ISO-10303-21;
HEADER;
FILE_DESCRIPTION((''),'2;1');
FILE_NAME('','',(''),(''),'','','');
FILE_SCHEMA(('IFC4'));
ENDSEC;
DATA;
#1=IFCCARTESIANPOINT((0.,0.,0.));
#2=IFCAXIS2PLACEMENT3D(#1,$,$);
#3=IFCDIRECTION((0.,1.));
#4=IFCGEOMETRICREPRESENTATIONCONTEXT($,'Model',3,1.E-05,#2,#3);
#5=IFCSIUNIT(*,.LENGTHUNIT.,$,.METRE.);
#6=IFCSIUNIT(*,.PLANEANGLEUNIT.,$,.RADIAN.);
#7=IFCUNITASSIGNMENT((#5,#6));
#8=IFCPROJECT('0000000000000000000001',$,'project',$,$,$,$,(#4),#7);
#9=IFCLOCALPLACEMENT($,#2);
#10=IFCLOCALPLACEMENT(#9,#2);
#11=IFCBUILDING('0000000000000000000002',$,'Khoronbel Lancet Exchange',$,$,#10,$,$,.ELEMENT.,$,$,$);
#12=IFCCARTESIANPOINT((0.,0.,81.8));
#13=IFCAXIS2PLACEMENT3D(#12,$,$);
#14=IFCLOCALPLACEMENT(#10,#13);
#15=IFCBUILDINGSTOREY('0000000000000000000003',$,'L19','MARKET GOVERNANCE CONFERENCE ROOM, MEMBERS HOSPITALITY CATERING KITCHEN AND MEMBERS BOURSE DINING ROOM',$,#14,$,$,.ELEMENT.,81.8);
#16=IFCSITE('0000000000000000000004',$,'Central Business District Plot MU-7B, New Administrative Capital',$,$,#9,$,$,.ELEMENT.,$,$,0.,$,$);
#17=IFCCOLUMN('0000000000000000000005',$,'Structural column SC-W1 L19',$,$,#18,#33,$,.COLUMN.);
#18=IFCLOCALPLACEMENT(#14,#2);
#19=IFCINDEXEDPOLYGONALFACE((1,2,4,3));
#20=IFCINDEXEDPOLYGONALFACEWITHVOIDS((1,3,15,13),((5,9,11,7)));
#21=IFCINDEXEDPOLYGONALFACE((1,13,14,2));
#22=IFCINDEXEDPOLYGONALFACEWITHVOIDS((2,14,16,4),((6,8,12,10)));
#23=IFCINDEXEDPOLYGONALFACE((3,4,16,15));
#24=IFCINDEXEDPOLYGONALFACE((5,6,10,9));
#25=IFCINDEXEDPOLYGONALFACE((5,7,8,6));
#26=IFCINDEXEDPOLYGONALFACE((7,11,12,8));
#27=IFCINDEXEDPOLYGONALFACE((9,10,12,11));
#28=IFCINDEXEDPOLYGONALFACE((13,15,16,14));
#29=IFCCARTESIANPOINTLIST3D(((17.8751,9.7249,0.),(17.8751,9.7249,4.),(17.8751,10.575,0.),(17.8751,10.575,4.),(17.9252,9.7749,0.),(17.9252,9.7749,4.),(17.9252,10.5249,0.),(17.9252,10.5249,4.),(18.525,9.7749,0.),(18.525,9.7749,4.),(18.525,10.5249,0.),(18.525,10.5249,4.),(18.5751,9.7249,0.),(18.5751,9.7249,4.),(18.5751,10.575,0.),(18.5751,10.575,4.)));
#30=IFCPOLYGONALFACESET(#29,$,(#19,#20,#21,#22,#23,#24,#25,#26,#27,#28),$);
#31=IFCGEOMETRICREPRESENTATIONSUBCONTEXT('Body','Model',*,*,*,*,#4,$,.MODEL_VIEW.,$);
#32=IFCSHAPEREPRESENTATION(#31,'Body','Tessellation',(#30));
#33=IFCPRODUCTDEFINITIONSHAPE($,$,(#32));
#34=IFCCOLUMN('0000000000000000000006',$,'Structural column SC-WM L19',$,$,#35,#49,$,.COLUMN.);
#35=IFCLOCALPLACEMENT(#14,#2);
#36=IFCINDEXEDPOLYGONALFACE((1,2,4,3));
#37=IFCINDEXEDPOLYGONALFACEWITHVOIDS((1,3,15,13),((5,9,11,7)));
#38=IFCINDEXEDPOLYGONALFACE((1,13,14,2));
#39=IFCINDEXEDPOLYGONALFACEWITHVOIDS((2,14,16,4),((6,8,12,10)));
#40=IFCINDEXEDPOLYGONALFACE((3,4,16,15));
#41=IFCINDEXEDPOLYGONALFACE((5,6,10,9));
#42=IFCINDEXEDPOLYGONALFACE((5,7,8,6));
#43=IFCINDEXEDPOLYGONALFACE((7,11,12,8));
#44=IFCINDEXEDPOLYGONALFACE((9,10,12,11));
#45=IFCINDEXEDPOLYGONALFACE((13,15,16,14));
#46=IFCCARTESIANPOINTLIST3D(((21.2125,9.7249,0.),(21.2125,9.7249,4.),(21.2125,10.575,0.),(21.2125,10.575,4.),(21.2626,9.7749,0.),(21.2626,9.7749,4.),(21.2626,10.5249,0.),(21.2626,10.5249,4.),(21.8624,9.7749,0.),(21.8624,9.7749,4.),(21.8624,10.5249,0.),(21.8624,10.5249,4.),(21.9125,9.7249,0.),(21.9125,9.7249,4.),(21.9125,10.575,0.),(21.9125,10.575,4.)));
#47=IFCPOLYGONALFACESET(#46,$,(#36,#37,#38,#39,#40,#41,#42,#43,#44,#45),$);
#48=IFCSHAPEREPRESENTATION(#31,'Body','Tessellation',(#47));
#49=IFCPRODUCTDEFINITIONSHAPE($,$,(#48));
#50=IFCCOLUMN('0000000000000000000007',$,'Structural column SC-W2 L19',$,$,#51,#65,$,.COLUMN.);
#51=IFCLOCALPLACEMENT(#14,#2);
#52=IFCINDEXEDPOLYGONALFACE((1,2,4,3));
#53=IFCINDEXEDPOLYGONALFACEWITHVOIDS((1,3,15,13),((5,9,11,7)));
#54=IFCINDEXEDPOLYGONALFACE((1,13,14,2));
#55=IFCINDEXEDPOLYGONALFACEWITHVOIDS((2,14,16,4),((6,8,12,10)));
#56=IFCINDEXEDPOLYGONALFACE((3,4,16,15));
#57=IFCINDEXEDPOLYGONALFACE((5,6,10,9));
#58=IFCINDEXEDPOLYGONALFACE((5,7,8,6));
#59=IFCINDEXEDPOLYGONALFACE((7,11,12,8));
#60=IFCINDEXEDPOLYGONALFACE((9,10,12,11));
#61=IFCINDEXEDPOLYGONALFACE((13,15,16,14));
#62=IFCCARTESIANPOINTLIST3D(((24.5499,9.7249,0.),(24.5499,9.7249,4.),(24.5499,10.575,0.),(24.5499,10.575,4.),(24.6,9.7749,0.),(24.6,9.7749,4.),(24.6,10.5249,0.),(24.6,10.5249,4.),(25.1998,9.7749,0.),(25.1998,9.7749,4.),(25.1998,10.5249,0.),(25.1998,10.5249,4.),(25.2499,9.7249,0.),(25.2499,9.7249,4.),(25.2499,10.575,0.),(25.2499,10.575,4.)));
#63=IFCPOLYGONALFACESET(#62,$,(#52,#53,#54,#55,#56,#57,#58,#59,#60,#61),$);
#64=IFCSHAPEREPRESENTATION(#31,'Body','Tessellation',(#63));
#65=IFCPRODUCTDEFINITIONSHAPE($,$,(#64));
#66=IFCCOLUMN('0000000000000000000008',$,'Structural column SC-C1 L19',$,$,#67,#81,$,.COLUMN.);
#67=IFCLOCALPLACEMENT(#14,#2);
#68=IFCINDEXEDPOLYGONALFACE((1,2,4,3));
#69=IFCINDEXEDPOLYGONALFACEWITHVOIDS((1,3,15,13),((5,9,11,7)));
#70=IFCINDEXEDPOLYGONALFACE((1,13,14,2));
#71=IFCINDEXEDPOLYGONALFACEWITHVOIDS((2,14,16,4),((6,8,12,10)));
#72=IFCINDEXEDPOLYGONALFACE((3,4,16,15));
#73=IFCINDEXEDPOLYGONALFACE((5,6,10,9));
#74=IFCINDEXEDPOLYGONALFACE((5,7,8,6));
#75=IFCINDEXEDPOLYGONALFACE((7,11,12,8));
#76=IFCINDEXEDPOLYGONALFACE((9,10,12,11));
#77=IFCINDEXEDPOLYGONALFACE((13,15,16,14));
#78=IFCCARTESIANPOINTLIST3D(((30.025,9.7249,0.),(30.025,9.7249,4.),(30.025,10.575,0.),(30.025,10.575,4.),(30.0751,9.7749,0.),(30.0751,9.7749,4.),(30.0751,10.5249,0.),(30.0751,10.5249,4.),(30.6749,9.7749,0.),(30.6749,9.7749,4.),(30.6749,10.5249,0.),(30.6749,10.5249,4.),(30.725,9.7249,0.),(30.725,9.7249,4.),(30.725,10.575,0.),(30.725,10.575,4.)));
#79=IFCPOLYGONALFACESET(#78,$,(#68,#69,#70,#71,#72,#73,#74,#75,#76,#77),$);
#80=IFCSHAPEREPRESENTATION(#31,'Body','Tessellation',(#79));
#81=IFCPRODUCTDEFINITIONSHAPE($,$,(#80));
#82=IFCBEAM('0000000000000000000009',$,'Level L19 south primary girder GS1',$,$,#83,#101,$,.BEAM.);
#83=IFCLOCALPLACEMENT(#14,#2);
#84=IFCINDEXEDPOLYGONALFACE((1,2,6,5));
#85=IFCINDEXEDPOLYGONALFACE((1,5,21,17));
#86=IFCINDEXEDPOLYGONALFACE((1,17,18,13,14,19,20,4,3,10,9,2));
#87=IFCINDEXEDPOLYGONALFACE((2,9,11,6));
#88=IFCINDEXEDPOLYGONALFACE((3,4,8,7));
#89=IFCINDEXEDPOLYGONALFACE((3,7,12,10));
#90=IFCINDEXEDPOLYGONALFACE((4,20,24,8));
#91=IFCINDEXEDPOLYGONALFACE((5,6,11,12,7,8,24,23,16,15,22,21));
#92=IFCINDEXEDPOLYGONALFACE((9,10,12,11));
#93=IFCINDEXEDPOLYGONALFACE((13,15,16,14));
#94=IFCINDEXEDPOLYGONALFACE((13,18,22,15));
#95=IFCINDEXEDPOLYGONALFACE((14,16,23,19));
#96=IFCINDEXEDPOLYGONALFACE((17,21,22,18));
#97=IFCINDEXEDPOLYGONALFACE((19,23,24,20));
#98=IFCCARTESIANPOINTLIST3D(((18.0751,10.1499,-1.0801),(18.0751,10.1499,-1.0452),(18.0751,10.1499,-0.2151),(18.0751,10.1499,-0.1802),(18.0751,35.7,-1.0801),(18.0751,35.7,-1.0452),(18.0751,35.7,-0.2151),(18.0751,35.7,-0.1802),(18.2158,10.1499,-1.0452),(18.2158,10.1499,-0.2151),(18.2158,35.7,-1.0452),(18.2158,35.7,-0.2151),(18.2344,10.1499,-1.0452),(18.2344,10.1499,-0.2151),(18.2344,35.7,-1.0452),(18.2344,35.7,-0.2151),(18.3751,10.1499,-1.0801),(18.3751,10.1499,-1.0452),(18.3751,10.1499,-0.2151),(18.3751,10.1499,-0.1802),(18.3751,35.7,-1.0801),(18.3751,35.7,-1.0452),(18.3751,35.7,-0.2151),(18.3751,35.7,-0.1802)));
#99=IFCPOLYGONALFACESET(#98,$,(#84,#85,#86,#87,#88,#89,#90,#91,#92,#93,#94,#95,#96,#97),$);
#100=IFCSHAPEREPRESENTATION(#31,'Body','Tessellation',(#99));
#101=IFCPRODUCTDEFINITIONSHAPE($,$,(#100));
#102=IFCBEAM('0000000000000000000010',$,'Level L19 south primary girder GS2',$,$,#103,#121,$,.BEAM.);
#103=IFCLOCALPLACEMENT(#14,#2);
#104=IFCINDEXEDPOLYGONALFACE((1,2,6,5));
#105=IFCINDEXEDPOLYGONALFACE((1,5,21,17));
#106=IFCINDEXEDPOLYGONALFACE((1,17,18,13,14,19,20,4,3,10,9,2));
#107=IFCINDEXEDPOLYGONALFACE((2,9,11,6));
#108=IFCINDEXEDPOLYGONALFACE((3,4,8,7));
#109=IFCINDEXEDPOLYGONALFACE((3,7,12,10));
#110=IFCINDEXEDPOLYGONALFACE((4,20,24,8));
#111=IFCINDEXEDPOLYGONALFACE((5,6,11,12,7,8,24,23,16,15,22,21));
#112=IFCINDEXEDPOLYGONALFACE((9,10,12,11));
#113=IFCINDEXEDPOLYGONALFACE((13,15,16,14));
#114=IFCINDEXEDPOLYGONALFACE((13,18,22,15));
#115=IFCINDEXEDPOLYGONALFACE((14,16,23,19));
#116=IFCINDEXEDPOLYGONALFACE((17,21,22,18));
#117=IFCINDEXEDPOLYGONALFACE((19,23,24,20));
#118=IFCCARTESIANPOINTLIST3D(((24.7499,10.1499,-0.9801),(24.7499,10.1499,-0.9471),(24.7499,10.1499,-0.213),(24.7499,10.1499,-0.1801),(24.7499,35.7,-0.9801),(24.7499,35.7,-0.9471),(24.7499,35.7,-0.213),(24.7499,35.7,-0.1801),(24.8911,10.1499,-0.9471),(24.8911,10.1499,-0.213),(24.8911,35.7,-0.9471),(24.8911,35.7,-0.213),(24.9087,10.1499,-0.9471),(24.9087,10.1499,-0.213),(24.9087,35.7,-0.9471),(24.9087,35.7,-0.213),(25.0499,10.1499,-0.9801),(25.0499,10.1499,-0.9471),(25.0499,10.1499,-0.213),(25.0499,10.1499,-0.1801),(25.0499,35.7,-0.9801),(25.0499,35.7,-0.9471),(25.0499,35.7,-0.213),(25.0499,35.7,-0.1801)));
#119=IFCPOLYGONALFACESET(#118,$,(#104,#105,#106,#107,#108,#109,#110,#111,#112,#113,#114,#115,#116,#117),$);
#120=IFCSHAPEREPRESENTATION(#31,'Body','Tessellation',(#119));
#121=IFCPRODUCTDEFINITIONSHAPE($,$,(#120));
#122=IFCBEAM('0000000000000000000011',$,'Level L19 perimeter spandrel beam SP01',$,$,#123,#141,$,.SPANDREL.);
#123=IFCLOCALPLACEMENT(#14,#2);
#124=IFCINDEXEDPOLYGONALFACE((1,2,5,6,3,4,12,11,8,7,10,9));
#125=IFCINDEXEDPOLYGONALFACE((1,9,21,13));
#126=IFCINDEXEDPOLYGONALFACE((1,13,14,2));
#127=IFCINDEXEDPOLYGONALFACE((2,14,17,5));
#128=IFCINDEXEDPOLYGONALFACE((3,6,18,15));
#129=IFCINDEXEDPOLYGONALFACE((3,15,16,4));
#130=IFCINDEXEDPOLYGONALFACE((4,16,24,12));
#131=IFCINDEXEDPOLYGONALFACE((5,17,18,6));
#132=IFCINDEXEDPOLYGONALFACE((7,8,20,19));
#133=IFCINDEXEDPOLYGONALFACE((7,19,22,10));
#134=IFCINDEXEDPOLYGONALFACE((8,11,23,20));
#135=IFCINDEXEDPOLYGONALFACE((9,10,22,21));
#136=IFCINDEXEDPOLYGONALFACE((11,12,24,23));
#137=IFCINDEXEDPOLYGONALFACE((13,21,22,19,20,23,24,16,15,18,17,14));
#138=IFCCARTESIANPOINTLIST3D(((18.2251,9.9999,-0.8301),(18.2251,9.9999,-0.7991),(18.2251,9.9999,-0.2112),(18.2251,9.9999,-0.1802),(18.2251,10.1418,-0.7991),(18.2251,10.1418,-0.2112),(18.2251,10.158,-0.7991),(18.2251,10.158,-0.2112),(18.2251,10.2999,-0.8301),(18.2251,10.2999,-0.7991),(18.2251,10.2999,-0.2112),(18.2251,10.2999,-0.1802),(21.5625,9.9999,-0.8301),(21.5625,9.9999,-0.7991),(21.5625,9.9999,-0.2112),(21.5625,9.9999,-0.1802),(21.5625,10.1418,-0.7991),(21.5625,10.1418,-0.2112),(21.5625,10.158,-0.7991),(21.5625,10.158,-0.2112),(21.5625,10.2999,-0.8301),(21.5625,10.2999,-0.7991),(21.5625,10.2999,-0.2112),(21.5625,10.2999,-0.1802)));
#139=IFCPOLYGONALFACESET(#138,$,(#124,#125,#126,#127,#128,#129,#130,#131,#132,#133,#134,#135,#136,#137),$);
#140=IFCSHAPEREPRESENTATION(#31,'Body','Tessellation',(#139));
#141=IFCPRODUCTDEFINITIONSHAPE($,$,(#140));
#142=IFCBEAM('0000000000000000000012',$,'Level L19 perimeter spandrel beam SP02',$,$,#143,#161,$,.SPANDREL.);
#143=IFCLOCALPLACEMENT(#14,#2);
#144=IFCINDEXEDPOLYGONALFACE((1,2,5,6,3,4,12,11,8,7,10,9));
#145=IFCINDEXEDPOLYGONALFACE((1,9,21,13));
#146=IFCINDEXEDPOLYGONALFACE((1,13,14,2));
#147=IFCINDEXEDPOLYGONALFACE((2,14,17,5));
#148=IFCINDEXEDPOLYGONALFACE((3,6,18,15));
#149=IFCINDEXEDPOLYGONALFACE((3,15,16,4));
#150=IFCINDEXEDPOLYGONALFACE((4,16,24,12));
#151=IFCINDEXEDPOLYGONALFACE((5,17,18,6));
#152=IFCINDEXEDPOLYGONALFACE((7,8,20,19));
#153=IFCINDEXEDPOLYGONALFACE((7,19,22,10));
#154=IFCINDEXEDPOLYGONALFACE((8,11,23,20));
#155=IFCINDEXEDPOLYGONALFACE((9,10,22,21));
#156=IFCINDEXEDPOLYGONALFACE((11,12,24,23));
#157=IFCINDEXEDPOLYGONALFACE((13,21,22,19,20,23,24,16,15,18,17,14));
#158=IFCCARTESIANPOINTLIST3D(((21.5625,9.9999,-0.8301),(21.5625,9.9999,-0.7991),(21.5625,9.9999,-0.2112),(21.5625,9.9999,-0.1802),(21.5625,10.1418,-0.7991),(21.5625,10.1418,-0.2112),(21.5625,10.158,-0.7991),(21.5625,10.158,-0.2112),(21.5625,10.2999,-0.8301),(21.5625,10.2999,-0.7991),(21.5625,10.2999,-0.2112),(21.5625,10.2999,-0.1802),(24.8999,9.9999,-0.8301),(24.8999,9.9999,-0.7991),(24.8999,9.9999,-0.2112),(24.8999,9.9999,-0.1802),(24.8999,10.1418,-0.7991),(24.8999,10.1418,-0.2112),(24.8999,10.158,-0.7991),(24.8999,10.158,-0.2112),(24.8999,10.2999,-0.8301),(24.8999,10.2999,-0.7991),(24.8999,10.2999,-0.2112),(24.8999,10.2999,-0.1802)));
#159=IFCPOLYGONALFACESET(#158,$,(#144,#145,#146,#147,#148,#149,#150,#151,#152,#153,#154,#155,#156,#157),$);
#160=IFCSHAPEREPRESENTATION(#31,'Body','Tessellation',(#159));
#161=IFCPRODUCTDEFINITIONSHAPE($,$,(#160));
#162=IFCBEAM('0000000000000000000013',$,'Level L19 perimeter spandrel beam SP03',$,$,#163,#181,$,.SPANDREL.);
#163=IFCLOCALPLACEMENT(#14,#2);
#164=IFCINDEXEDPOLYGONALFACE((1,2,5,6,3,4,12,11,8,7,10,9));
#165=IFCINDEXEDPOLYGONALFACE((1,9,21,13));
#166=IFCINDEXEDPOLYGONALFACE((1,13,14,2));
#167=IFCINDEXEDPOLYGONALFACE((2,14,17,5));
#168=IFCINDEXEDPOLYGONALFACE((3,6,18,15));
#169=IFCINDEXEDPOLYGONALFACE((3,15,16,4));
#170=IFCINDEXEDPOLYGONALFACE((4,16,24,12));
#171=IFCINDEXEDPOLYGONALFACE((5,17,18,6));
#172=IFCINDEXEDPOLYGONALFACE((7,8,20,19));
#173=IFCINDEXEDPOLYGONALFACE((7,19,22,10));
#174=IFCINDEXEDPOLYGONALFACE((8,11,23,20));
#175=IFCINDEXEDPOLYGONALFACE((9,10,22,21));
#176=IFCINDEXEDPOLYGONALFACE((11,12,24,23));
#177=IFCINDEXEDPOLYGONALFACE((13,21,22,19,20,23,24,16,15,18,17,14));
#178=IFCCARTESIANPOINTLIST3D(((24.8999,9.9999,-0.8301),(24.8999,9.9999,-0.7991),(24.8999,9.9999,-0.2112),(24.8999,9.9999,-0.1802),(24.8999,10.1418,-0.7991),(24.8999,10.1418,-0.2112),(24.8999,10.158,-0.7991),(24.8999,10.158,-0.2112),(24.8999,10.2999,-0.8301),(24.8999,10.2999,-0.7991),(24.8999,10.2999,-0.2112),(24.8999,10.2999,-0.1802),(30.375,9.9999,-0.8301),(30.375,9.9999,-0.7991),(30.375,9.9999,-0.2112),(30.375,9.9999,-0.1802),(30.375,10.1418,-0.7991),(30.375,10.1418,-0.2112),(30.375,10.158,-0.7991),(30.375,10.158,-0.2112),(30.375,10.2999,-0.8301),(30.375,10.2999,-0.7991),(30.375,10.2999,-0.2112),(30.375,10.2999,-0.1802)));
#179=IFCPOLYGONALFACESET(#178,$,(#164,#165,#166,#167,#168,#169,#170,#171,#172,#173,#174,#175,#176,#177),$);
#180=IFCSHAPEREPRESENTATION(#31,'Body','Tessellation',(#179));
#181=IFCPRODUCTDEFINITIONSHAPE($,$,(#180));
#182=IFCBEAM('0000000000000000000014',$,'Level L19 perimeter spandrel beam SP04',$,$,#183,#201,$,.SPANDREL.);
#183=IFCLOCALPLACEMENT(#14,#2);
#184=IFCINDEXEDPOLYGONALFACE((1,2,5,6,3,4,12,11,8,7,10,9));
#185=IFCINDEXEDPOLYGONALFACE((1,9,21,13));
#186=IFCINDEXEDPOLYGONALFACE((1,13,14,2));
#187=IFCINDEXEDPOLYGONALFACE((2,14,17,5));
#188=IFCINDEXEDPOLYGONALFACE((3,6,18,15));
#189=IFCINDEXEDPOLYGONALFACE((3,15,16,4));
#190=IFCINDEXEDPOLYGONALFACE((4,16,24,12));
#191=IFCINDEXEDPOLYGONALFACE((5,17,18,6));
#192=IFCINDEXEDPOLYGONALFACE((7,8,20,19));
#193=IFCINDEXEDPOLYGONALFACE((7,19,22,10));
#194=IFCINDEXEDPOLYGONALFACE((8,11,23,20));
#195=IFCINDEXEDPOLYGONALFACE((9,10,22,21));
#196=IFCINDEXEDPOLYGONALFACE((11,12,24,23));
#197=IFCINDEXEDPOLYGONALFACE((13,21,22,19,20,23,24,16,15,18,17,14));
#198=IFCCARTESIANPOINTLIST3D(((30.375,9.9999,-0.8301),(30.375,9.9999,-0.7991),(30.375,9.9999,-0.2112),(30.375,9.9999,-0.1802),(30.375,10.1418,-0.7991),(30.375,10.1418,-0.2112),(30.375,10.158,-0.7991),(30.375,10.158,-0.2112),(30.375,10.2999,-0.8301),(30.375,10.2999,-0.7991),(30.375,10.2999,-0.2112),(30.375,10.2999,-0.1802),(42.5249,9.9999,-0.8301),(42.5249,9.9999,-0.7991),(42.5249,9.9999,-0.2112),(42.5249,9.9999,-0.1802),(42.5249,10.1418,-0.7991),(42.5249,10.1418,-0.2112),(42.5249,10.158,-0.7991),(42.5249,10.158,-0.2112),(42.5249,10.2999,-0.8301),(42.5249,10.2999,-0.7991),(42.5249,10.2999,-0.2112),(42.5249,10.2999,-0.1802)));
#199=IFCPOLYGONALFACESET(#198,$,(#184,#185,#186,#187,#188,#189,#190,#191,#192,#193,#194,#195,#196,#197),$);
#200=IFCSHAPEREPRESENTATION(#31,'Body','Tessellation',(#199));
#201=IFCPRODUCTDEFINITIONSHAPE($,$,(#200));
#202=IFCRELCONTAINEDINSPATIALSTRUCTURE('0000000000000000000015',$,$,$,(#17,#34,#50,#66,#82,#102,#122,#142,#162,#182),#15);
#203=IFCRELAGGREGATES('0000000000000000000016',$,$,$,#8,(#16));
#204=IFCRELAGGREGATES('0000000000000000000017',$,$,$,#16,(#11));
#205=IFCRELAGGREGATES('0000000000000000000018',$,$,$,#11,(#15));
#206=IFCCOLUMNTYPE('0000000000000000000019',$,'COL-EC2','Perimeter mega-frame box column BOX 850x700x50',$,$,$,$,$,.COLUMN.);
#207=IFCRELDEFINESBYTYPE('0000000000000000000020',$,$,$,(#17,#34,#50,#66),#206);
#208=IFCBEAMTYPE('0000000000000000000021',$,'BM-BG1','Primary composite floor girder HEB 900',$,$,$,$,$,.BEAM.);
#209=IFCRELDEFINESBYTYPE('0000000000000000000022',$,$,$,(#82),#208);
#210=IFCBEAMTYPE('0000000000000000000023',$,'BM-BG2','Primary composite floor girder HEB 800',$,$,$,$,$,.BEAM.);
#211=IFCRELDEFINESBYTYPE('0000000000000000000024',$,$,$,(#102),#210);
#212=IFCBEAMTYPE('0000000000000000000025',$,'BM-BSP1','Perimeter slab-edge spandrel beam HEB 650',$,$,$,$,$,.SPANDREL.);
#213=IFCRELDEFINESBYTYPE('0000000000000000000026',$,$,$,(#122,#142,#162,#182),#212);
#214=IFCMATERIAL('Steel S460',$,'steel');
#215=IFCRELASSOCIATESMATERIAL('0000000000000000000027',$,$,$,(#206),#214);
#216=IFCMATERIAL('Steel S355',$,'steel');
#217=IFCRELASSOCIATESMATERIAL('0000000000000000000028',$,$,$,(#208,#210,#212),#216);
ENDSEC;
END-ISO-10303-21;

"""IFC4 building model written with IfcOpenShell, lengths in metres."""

from ifc_helpers import new_model, si_unit, direction, frame, origin, origin_2d, place, context, subcontext, project, spatial, hollow_rectangle, i_section, extrude, material, material_profile, profile_set, type_object, element, save


model = new_model("IFC4")

# Units and contexts
model_context = context("Model", 3, precision=1e-05, world=origin(), true_north=direction((0.0, 1.0)))
body_context = subcontext(model_context, "Body", "Model", "MODEL_VIEW")
ifc_project = project(units=[si_unit("LENGTHUNIT", "METRE"), si_unit("PLANEANGLEUNIT", "RADIAN")], contexts=[model_context])

# Site, building, storey
site_placement = place(None, origin())
site = spatial("IfcSite", under=ifc_project, at=site_placement, Name="Central Business District Plot MU-7B, New Administrative Capital", CompositionType="ELEMENT", RefElevation=0.0)
building_placement = place(site_placement, origin())
building = spatial("IfcBuilding", under=site, at=building_placement, Name="Khoronbel Lancet Exchange", CompositionType="ELEMENT")
storey_placement = place(building_placement, frame((0.0, 0.0, 81.8)))
storey = spatial("IfcBuildingStorey", under=building, at=storey_placement, Name="L19", Description="MARKET GOVERNANCE CONFERENCE ROOM, MEMBERS HOSPITALITY CATERING KITCHEN AND MEMBERS BOURSE DINING ROOM", CompositionType="ELEMENT", Elevation=81.8)

# Columns
ifc_material_1 = material(Name="Steel S460", Category="steel")
ifc_material_profile_1 = material_profile(ifc_material_1, hollow_rectangle(XDim=0.7, YDim=0.8501, WallThickness=0.05, at=origin_2d()), Name="BOX 850x700x50")
ifc_profile_set_1 = profile_set([ifc_material_profile_1], Name="Steel S460")
column_type = type_object("IfcColumnType", Name="COL-EC2", Description="Perimeter mega-frame box column BOX 850x700x50", PredefinedType="COLUMN", material=ifc_profile_set_1)
for number, where, z_axis, x_axis, name in (
    (1, (18.2251, 10.1499, 0.0), (0.0, 0.0, 1.0), (1.0, 0.0, 0.0), "Structural column SC-W1 L19"),
    (2, (21.5625, 10.1499, 0.0), (0.0, 0.0, 1.0), (1.0, 0.0, 0.0), "Structural column SC-WM L19"),
    (3, (24.8999, 10.1499, 0.0), (0.0, 0.0, 1.0), (1.0, 0.0, 0.0), "Structural column SC-W2 L19"),
    (4, (30.375, 10.1499, 0.0), (0.0, 0.0, 1.0), (1.0, 0.0, 0.0), "Structural column SC-C1 L19"),
):
    element("IfcColumn", number, at=place(storey_placement, frame(where, z_axis=z_axis, x_axis=x_axis)), inside=storey, type_object=column_type, Name=name, PredefinedType="COLUMN", context=body_context, shape_type="SweptSolid", body=[
        extrude(hollow_rectangle(XDim=0.7, YDim=0.8501, WallThickness=0.05, at=origin_2d()), origin(), (0.0, 0.0, 1.0), 4.0),
    ])

# Beams
ifc_material_2 = material(Name="Steel S355", Category="steel")
ifc_material_profile_2 = material_profile(ifc_material_2, i_section(OverallWidth=0.3, OverallDepth=0.8999, WebThickness=0.0186, FlangeThickness=0.0349, at=origin_2d()), Name="HEB 900")
ifc_profile_set_2 = profile_set([ifc_material_profile_2], Name="Steel S355")
beam_type_1 = type_object("IfcBeamType", Name="BM-BG1", Description="Primary composite floor girder HEB 900", PredefinedType="BEAM", material=ifc_profile_set_2)
beam_1_placement = place(storey_placement, frame((18.2251, 10.1499, -0.6301), z_axis=(0.0, 1.0, 0.0), x_axis=(-1.0, 0.0, 0.0)))
element("IfcBeam", 5, at=beam_1_placement, inside=storey, type_object=beam_type_1, Name="Level L19 south primary girder GS1", PredefinedType="BEAM", context=body_context, shape_type="SweptSolid", body=[
    extrude(i_section(OverallWidth=0.3, OverallDepth=0.8999, WebThickness=0.0186, FlangeThickness=0.0349, at=origin_2d()), origin(), (0.0, 0.0, 1.0), 25.55),
])
ifc_material_profile_3 = material_profile(ifc_material_2, i_section(OverallWidth=0.3, OverallDepth=0.8, WebThickness=0.0176, FlangeThickness=0.033, at=origin_2d()), Name="HEB 800")
ifc_profile_set_3 = profile_set([ifc_material_profile_3], Name="Steel S355")
beam_type_2 = type_object("IfcBeamType", Name="BM-BG2", Description="Primary composite floor girder HEB 800", PredefinedType="BEAM", material=ifc_profile_set_3)
beam_2_placement = place(storey_placement, frame((24.8999, 10.1499, -0.5801), z_axis=(0.0, 1.0, 0.0), x_axis=(-1.0, 0.0, 0.0)))
element("IfcBeam", 6, at=beam_2_placement, inside=storey, type_object=beam_type_2, Name="Level L19 south primary girder GS2", PredefinedType="BEAM", context=body_context, shape_type="SweptSolid", body=[
    extrude(i_section(OverallWidth=0.3, OverallDepth=0.8, WebThickness=0.0176, FlangeThickness=0.033, at=origin_2d()), origin(), (0.0, 0.0, 1.0), 25.55),
])
ifc_material_profile_4 = material_profile(ifc_material_2, i_section(OverallWidth=0.3, OverallDepth=0.6499, WebThickness=0.0161, FlangeThickness=0.031, at=origin_2d()), Name="HEB 650")
ifc_profile_set_4 = profile_set([ifc_material_profile_4], Name="Steel S355")
beam_type_3 = type_object("IfcBeamType", Name="BM-BSP1", Description="Perimeter slab-edge spandrel beam HEB 650", PredefinedType="SPANDREL", material=ifc_profile_set_4)
for number, where, z_axis, x_axis, name in (
    (7, (18.2251, 10.1499, -0.5051), (1.0, 0.0, 0.0), (0.0, 1.0, 0.0), "Level L19 perimeter spandrel beam SP01"),
    (8, (21.5625, 10.1499, -0.5051), (1.0, 0.0, 0.0), (0.0, 1.0, 0.0), "Level L19 perimeter spandrel beam SP02"),
):
    element("IfcBeam", number, at=place(storey_placement, frame(where, z_axis=z_axis, x_axis=x_axis)), inside=storey, type_object=beam_type_3, Name=name, PredefinedType="SPANDREL", context=body_context, shape_type="SweptSolid", body=[
        extrude(i_section(OverallWidth=0.3, OverallDepth=0.6499, WebThickness=0.0161, FlangeThickness=0.031, at=origin_2d()), origin(), (0.0, 0.0, 1.0), 3.3374),
    ])
beam_3_placement = place(storey_placement, frame((24.8999, 10.1499, -0.5051), z_axis=(1.0, 0.0, 0.0), x_axis=(0.0, 1.0, 0.0)))
element("IfcBeam", 9, at=beam_3_placement, inside=storey, type_object=beam_type_3, Name="Level L19 perimeter spandrel beam SP03", PredefinedType="SPANDREL", context=body_context, shape_type="SweptSolid", body=[
    extrude(i_section(OverallWidth=0.3, OverallDepth=0.6499, WebThickness=0.0161, FlangeThickness=0.031, at=origin_2d()), origin(), (0.0, 0.0, 1.0), 5.4751),
])
beam_4_placement = place(storey_placement, frame((30.375, 10.1499, -0.5051), z_axis=(1.0, 0.0, 0.0), x_axis=(0.0, 1.0, 0.0)))
element("IfcBeam", 10, at=beam_4_placement, inside=storey, type_object=beam_type_3, Name="Level L19 perimeter spandrel beam SP04", PredefinedType="SPANDREL", context=body_context, shape_type="SweptSolid", body=[
    extrude(i_section(OverallWidth=0.3, OverallDepth=0.6499, WebThickness=0.0161, FlangeThickness=0.031, at=origin_2d()), origin(), (0.0, 0.0, 1.0), 12.1499),
])

save(model, "model.ifc")
